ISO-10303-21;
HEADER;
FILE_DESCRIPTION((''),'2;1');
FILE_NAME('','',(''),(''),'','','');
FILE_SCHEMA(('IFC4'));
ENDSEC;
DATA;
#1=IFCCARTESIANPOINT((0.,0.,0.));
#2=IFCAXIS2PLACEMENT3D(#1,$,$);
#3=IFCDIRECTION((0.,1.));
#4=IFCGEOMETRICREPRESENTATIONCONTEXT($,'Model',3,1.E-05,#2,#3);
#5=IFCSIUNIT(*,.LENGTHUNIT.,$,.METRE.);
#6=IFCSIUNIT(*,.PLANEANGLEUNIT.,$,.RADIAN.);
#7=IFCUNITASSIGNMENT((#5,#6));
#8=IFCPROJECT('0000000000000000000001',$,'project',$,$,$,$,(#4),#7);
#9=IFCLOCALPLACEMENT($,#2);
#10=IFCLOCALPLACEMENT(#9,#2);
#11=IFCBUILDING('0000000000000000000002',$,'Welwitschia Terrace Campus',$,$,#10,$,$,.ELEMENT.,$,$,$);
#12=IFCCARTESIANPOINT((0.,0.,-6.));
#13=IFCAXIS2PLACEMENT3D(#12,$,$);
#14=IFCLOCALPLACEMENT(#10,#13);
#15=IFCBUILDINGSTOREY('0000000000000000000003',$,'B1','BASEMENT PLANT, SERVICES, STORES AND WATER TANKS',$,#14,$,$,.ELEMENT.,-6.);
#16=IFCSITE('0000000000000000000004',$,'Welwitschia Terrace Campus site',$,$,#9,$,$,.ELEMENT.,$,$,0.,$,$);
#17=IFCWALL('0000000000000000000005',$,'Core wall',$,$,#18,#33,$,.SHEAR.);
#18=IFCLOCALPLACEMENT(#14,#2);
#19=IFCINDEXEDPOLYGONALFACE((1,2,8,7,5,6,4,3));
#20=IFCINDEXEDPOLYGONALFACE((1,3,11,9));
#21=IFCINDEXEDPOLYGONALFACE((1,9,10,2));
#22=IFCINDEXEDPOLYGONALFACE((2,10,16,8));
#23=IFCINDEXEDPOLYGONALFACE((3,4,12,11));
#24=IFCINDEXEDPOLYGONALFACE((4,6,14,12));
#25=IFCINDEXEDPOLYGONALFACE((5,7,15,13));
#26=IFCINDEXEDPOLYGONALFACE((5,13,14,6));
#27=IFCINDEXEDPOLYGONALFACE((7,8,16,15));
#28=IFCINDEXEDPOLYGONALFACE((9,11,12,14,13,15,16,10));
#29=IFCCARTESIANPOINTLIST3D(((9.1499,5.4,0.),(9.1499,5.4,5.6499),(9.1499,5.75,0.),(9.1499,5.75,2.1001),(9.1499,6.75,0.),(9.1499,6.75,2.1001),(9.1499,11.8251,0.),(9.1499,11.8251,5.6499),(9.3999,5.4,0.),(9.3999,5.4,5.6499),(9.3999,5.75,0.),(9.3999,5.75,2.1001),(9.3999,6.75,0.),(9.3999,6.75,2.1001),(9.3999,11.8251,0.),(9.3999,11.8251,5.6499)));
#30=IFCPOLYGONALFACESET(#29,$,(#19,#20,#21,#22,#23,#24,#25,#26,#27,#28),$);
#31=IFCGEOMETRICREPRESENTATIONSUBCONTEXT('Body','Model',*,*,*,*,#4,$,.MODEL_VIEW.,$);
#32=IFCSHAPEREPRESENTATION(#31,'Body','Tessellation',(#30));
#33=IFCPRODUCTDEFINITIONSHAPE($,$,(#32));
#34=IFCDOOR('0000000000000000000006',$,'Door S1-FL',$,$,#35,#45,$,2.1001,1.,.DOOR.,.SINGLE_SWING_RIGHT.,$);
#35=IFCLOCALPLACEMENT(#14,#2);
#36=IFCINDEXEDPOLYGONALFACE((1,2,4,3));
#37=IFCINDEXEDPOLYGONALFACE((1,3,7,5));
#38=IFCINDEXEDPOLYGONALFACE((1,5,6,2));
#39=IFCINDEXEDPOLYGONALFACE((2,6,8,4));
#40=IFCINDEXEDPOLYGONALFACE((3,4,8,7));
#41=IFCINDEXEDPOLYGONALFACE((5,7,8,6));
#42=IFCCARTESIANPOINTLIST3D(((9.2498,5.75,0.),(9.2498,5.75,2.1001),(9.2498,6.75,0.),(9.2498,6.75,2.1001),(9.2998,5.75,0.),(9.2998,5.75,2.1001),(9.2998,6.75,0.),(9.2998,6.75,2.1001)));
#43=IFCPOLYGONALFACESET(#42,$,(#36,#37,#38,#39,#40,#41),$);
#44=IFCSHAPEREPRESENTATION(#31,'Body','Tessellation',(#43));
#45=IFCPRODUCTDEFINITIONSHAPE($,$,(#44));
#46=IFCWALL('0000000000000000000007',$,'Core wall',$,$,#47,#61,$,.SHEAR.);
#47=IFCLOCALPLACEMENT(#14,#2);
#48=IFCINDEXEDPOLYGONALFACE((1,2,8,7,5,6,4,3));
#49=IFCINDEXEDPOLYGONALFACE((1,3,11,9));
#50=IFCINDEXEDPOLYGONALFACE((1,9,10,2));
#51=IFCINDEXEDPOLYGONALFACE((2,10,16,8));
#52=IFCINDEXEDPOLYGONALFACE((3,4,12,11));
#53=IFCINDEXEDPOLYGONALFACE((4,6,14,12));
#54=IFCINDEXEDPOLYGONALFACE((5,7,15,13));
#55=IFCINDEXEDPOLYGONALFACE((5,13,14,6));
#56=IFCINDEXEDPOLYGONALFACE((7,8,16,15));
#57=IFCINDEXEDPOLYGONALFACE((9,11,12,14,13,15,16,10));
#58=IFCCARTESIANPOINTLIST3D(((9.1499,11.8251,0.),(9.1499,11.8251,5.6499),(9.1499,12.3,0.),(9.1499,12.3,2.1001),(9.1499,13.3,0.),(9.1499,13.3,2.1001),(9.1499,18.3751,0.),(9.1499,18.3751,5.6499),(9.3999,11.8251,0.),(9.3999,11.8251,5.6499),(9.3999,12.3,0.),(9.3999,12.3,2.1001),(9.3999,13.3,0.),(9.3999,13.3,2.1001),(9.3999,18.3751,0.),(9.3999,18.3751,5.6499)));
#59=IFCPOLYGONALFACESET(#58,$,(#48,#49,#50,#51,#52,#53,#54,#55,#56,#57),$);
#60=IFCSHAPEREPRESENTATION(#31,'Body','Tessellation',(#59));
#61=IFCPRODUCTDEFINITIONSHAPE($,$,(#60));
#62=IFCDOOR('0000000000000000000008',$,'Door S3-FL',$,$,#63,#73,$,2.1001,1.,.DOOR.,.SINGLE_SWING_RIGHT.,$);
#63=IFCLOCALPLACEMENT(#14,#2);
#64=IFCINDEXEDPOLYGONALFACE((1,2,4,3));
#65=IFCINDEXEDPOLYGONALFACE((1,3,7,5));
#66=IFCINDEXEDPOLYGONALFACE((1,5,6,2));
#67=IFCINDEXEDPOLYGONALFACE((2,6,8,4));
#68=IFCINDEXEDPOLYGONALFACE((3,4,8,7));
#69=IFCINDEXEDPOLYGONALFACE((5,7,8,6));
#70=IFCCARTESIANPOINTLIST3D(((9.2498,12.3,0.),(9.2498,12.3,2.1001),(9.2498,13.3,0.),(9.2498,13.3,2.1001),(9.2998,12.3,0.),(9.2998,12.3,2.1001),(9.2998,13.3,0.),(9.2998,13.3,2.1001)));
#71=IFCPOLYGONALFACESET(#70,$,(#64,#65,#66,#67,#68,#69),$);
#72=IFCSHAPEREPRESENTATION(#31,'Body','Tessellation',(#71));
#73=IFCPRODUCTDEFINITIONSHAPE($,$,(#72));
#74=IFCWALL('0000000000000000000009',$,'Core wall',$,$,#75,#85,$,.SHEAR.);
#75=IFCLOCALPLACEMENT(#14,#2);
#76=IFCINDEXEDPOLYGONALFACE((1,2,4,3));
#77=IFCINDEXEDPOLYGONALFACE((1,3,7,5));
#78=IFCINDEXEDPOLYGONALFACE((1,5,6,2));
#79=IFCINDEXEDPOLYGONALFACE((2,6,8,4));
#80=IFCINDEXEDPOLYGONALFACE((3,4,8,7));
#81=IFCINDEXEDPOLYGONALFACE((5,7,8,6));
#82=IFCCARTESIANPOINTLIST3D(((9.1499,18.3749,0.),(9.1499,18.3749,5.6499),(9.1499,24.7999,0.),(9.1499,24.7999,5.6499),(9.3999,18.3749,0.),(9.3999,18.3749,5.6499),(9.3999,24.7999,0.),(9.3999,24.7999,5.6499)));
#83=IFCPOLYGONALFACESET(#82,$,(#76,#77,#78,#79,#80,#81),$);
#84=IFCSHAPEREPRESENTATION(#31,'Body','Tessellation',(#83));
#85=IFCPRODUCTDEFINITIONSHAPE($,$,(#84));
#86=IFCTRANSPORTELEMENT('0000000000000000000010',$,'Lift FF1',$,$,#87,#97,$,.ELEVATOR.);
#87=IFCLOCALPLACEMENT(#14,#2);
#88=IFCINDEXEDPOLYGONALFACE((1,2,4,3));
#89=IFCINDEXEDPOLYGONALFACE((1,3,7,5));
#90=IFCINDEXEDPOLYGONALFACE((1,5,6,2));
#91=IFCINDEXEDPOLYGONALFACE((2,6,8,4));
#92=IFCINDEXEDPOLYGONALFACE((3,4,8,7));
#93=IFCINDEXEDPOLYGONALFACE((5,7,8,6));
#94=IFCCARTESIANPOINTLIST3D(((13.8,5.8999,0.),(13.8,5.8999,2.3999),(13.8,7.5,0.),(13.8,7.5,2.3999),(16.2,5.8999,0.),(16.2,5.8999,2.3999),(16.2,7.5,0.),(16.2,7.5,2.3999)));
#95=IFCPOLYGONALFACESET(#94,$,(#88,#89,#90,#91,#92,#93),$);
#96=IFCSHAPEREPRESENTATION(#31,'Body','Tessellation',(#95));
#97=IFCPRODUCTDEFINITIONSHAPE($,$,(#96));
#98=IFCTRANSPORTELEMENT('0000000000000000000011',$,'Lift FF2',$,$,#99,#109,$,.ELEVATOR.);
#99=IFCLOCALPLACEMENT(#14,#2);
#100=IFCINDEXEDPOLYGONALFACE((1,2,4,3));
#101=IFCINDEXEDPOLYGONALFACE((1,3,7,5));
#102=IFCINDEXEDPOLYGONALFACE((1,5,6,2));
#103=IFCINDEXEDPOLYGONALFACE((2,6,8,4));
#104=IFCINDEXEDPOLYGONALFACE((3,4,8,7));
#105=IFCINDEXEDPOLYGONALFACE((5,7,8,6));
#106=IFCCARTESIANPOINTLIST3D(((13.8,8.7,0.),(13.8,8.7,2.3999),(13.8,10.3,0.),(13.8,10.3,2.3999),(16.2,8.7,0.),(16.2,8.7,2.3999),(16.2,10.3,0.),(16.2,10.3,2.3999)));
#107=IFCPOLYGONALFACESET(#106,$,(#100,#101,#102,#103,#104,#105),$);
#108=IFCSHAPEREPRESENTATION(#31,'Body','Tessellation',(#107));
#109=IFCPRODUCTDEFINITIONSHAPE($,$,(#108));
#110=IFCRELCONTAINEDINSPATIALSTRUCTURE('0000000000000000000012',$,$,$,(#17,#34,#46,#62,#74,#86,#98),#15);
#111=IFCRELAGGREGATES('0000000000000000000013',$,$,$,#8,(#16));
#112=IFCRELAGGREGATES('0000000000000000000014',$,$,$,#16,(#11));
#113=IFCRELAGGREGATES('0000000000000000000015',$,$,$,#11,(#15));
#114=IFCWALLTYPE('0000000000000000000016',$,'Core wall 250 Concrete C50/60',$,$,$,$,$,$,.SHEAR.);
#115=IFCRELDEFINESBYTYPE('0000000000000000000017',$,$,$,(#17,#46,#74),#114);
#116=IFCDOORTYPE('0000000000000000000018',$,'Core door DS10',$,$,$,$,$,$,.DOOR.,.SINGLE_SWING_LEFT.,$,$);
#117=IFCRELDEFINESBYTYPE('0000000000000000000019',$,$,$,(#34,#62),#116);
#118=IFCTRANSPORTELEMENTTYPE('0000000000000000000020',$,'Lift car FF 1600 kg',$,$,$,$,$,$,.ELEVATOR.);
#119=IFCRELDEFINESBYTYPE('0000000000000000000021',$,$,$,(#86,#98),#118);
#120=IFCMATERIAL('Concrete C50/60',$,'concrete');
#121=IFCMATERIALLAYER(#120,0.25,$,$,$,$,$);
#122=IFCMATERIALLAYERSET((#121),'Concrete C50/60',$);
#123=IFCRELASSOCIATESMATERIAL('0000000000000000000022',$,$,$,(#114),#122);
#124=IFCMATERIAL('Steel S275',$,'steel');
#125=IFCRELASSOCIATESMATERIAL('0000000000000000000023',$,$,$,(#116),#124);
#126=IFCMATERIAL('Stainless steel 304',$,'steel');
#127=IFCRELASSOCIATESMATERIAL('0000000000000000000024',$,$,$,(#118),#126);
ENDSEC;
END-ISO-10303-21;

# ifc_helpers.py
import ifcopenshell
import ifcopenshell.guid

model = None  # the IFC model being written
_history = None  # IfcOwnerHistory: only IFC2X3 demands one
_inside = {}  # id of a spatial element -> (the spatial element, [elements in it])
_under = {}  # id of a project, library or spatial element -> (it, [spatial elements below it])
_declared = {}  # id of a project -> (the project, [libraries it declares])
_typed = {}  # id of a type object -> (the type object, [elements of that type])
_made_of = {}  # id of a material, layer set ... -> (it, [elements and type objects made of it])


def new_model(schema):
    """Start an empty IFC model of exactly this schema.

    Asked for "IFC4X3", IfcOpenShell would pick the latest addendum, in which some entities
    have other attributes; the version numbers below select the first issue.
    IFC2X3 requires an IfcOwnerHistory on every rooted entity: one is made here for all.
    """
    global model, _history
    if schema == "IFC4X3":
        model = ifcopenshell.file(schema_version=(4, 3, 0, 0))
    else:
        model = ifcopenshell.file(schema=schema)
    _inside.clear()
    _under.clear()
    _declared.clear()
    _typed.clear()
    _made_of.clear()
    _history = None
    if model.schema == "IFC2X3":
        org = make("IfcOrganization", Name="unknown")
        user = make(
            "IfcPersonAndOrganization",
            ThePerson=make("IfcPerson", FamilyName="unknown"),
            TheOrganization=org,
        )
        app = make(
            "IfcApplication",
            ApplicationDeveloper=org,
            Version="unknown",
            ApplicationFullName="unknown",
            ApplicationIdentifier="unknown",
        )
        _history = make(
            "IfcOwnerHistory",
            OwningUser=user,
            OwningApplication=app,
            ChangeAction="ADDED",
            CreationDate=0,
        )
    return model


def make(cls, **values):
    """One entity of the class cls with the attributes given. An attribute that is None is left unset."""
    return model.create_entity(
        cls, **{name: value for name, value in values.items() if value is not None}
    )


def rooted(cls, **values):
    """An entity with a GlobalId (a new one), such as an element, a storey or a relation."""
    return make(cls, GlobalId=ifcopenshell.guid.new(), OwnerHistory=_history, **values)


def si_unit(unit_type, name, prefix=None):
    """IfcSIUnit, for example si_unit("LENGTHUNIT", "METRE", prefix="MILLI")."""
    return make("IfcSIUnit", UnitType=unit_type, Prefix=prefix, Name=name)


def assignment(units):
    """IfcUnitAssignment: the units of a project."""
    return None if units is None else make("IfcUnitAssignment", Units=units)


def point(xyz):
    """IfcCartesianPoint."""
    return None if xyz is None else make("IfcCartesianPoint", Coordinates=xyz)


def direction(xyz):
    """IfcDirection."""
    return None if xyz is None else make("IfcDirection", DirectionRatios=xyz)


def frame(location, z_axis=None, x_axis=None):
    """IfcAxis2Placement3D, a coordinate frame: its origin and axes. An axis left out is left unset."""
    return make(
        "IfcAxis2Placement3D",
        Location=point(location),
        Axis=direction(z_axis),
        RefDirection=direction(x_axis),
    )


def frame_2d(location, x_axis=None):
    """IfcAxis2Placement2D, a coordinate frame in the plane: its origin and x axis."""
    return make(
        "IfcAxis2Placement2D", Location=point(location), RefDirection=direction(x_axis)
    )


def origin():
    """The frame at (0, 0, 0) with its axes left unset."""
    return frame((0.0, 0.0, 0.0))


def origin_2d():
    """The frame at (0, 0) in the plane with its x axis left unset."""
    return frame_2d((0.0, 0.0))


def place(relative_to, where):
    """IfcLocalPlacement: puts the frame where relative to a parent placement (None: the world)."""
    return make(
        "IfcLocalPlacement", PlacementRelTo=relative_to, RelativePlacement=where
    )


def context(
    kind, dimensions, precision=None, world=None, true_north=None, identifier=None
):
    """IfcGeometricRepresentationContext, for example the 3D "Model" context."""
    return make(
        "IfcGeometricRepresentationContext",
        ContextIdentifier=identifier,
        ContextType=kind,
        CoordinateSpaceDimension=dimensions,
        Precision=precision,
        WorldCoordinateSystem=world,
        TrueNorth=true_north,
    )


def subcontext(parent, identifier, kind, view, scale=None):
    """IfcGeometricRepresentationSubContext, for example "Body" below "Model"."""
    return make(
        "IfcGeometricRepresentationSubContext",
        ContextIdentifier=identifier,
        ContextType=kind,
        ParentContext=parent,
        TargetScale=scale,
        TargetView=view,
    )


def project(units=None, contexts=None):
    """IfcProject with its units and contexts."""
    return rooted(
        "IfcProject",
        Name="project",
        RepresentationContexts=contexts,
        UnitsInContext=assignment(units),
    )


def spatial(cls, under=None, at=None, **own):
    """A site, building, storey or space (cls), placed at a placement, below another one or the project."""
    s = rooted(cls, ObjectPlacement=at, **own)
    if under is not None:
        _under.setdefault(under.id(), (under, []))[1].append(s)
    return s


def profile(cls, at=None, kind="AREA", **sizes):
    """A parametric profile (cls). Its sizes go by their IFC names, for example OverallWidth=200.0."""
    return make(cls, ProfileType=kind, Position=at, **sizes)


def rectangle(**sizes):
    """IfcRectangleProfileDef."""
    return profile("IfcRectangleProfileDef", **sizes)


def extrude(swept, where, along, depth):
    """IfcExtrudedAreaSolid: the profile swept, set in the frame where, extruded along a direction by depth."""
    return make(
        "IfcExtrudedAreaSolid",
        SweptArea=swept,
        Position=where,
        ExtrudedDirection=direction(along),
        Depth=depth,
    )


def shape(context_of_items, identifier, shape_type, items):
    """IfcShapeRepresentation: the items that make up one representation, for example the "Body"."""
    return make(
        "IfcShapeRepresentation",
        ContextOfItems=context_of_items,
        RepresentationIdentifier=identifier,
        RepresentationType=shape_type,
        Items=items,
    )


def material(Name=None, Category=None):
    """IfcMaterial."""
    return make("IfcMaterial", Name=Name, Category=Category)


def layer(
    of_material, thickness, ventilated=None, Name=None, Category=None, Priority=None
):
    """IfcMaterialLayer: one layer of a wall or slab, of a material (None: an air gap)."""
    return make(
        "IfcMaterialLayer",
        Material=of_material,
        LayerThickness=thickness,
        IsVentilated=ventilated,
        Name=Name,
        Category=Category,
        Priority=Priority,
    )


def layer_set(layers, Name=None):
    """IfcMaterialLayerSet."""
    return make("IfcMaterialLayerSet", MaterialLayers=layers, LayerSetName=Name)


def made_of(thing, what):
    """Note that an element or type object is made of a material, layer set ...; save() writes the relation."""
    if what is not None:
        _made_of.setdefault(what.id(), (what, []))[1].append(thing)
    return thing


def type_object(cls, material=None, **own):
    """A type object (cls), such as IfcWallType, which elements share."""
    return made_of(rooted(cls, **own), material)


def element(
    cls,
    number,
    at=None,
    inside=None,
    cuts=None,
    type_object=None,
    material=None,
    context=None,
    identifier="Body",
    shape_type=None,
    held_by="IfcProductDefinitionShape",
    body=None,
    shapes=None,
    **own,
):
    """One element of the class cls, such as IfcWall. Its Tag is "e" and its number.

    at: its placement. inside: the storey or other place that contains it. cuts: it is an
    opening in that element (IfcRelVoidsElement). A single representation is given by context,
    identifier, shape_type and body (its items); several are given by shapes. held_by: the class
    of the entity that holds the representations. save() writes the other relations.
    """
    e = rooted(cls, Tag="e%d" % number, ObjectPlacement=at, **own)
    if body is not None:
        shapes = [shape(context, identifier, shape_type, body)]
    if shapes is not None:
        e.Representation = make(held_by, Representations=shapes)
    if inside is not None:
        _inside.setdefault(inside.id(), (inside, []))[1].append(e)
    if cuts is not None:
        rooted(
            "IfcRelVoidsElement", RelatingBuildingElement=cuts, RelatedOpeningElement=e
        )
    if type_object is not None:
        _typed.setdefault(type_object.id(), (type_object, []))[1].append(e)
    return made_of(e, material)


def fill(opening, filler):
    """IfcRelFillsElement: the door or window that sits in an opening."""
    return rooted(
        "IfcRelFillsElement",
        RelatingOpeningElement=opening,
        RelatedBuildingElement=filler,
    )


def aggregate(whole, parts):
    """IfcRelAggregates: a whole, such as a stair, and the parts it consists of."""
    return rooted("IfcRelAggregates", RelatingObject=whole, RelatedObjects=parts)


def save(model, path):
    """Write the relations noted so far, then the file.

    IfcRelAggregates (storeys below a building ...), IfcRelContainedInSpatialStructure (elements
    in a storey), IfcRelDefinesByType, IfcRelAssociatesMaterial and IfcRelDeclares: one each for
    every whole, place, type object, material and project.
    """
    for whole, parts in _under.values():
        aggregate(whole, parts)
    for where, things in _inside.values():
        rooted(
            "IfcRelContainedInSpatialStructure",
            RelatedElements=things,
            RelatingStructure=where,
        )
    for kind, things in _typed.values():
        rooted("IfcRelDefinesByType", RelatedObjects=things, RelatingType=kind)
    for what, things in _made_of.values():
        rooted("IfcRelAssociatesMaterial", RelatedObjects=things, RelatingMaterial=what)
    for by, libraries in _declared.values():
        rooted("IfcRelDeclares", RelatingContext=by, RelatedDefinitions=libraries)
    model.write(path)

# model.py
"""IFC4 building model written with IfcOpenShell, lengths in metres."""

from ifc_helpers import new_model, si_unit, direction, frame, frame_2d, origin, origin_2d, place, context, subcontext, project, spatial, rectangle, extrude, material, layer, layer_set, type_object, element, fill, save


model = new_model("IFC4")

# Units and contexts
model_context = context("Model", 3, precision=1e-05, world=origin(), true_north=direction((0.0, 1.0)))
body_context = subcontext(model_context, "Body", "Model", "MODEL_VIEW")
ifc_project = project(units=[si_unit("LENGTHUNIT", "METRE"), si_unit("PLANEANGLEUNIT", "RADIAN")], contexts=[model_context])

# Site, building, storey
site_placement = place(None, origin())
site = spatial("IfcSite", under=ifc_project, at=site_placement, Name="Welwitschia Terrace Campus site", CompositionType="ELEMENT", RefElevation=0.0)
building_placement = place(site_placement, origin())
building = spatial("IfcBuilding", under=site, at=building_placement, Name="Welwitschia Terrace Campus", CompositionType="ELEMENT")
storey_placement = place(building_placement, frame((0.0, 0.0, -6.0)))
storey = spatial("IfcBuildingStorey", under=building, at=storey_placement, Name="B1", Description="BASEMENT PLANT, SERVICES, STORES AND WATER TANKS", CompositionType="ELEMENT", Elevation=-6.0)

# Walls, openings, doors
ifc_material_1 = material(Name="Concrete C50/60", Category="concrete")
ifc_layer_1 = layer(ifc_material_1, 0.25)
ifc_layer_set_1 = layer_set([ifc_layer_1], Name="Concrete C50/60")
wall_type_1 = type_object("IfcWallType", Name="Core wall 250 Concrete C50/60", PredefinedType="SHEAR", material=ifc_layer_set_1)
wall_1_placement = place(storey_placement, frame((9.2749, 11.825, 0.0), z_axis=(0.0, 0.0, 1.0), x_axis=(0.0, -1.0, 0.0)))
wall_1 = element("IfcWall", 1, at=wall_1_placement, inside=storey, type_object=wall_type_1, Name="Core wall", PredefinedType="SHEAR", context=body_context, shape_type="SweptSolid", body=[
    extrude(rectangle(XDim=6.425, YDim=0.25, at=frame_2d((3.2124, 0.0))), origin(), (0.0, 0.0, 1.0), 5.6499),
])
opening_1_placement = place(wall_1_placement, frame((5.075, 0.0, 0.0)))
opening_1 = element("IfcOpeningElement", 2, at=opening_1_placement, cuts=wall_1, PredefinedType="OPENING", context=body_context, shape_type="SweptSolid", body=[
    extrude(rectangle(XDim=1.0, YDim=2.1001, at=frame_2d((0.5, 1.05))), frame((0.0, 0.135, 0.0), z_axis=(0.0, -1.0, 0.0), x_axis=(1.0, 0.0, 0.0)), (0.0, 0.0, 1.0), 0.27),
])
ifc_material_2 = material(Name="Steel S275", Category="steel")
door_type = type_object("IfcDoorType", Name="Core door DS10", OperationType="SINGLE_SWING_LEFT", PredefinedType="DOOR", material=ifc_material_2)
door_1_placement = place(opening_1_placement, origin())
door_1 = element("IfcDoor", 3, at=door_1_placement, inside=storey, type_object=door_type, Name="Door S1-FL", OperationType="SINGLE_SWING_RIGHT", OverallHeight=2.1001, OverallWidth=1.0, PredefinedType="DOOR", context=body_context, shape_type="SweptSolid", body=[
    extrude(rectangle(XDim=1.0, YDim=2.1001, at=frame_2d((0.5, 1.05))), frame((0.0, 0.0249, 0.0), z_axis=(0.0, -1.0, 0.0), x_axis=(1.0, 0.0, 0.0)), (0.0, 0.0, 1.0), 0.05),
])
fill(opening_1, door_1)
wall_2_placement = place(storey_placement, frame((9.2749, 18.375, 0.0), z_axis=(0.0, 0.0, 1.0), x_axis=(0.0, -1.0, 0.0)))
wall_2 = element("IfcWall", 4, at=wall_2_placement, inside=storey, type_object=wall_type_1, Name="Core wall", PredefinedType="SHEAR", context=body_context, shape_type="SweptSolid", body=[
    extrude(rectangle(XDim=6.55, YDim=0.25, at=frame_2d((3.2749, 0.0))), origin(), (0.0, 0.0, 1.0), 5.6499),
])
opening_2_placement = place(wall_2_placement, frame((5.075, 0.0, 0.0)))
opening_2 = element("IfcOpeningElement", 5, at=opening_2_placement, cuts=wall_2, PredefinedType="OPENING", context=body_context, shape_type="SweptSolid", body=[
    extrude(rectangle(XDim=1.0, YDim=2.1001, at=frame_2d((0.5, 1.05))), frame((0.0, 0.135, 0.0), z_axis=(0.0, -1.0, 0.0), x_axis=(1.0, 0.0, 0.0)), (0.0, 0.0, 1.0), 0.27),
])
door_2_placement = place(opening_2_placement, origin())
door_2 = element("IfcDoor", 6, at=door_2_placement, inside=storey, type_object=door_type, Name="Door S3-FL", OperationType="SINGLE_SWING_RIGHT", OverallHeight=2.1001, OverallWidth=1.0, PredefinedType="DOOR", context=body_context, shape_type="SweptSolid", body=[
    extrude(rectangle(XDim=1.0, YDim=2.1001, at=frame_2d((0.5, 1.05))), frame((0.0, 0.0249, 0.0), z_axis=(0.0, -1.0, 0.0), x_axis=(1.0, 0.0, 0.0)), (0.0, 0.0, 1.0), 0.05),
])
fill(opening_2, door_2)

# Wall
wall_3_placement = place(storey_placement, frame((9.2749, 18.375, 0.0), z_axis=(0.0, 0.0, 1.0), x_axis=(0.0, 1.0, 0.0)))
element("IfcWall", 7, at=wall_3_placement, inside=storey, type_object=wall_type_1, Name="Core wall", PredefinedType="SHEAR", context=body_context, shape_type="SweptSolid", body=[
    extrude(rectangle(XDim=6.425, YDim=0.25, at=frame_2d((3.2124, 0.0))), origin(), (0.0, 0.0, 1.0), 5.6499),
])

# Transport elements
ifc_material_3 = material(Name="Stainless steel 304", Category="steel")
transport_element_type = type_object("IfcTransportElementType", Name="Lift car FF 1600 kg", PredefinedType="ELEVATOR", material=ifc_material_3)
for number, where, z_axis, x_axis, name in (
    (8, (15.0, 6.7, 0.0), (0.0, 0.0, 1.0), (1.0, 0.0, 0.0), "Lift FF1"),
    (9, (15.0, 9.5, 0.0), (0.0, 0.0, 1.0), (1.0, 0.0, 0.0), "Lift FF2"),
):
    element("IfcTransportElement", number, at=place(storey_placement, frame(where, z_axis=z_axis, x_axis=x_axis)), inside=storey, type_object=transport_element_type, Name=name, PredefinedType="ELEVATOR", context=body_context, shape_type="SweptSolid", body=[
        extrude(rectangle(XDim=2.3999, YDim=1.6001, at=origin_2d()), origin(), (0.0, 0.0, 1.0), 2.3999),
    ])

save(model, "model.ifc")
